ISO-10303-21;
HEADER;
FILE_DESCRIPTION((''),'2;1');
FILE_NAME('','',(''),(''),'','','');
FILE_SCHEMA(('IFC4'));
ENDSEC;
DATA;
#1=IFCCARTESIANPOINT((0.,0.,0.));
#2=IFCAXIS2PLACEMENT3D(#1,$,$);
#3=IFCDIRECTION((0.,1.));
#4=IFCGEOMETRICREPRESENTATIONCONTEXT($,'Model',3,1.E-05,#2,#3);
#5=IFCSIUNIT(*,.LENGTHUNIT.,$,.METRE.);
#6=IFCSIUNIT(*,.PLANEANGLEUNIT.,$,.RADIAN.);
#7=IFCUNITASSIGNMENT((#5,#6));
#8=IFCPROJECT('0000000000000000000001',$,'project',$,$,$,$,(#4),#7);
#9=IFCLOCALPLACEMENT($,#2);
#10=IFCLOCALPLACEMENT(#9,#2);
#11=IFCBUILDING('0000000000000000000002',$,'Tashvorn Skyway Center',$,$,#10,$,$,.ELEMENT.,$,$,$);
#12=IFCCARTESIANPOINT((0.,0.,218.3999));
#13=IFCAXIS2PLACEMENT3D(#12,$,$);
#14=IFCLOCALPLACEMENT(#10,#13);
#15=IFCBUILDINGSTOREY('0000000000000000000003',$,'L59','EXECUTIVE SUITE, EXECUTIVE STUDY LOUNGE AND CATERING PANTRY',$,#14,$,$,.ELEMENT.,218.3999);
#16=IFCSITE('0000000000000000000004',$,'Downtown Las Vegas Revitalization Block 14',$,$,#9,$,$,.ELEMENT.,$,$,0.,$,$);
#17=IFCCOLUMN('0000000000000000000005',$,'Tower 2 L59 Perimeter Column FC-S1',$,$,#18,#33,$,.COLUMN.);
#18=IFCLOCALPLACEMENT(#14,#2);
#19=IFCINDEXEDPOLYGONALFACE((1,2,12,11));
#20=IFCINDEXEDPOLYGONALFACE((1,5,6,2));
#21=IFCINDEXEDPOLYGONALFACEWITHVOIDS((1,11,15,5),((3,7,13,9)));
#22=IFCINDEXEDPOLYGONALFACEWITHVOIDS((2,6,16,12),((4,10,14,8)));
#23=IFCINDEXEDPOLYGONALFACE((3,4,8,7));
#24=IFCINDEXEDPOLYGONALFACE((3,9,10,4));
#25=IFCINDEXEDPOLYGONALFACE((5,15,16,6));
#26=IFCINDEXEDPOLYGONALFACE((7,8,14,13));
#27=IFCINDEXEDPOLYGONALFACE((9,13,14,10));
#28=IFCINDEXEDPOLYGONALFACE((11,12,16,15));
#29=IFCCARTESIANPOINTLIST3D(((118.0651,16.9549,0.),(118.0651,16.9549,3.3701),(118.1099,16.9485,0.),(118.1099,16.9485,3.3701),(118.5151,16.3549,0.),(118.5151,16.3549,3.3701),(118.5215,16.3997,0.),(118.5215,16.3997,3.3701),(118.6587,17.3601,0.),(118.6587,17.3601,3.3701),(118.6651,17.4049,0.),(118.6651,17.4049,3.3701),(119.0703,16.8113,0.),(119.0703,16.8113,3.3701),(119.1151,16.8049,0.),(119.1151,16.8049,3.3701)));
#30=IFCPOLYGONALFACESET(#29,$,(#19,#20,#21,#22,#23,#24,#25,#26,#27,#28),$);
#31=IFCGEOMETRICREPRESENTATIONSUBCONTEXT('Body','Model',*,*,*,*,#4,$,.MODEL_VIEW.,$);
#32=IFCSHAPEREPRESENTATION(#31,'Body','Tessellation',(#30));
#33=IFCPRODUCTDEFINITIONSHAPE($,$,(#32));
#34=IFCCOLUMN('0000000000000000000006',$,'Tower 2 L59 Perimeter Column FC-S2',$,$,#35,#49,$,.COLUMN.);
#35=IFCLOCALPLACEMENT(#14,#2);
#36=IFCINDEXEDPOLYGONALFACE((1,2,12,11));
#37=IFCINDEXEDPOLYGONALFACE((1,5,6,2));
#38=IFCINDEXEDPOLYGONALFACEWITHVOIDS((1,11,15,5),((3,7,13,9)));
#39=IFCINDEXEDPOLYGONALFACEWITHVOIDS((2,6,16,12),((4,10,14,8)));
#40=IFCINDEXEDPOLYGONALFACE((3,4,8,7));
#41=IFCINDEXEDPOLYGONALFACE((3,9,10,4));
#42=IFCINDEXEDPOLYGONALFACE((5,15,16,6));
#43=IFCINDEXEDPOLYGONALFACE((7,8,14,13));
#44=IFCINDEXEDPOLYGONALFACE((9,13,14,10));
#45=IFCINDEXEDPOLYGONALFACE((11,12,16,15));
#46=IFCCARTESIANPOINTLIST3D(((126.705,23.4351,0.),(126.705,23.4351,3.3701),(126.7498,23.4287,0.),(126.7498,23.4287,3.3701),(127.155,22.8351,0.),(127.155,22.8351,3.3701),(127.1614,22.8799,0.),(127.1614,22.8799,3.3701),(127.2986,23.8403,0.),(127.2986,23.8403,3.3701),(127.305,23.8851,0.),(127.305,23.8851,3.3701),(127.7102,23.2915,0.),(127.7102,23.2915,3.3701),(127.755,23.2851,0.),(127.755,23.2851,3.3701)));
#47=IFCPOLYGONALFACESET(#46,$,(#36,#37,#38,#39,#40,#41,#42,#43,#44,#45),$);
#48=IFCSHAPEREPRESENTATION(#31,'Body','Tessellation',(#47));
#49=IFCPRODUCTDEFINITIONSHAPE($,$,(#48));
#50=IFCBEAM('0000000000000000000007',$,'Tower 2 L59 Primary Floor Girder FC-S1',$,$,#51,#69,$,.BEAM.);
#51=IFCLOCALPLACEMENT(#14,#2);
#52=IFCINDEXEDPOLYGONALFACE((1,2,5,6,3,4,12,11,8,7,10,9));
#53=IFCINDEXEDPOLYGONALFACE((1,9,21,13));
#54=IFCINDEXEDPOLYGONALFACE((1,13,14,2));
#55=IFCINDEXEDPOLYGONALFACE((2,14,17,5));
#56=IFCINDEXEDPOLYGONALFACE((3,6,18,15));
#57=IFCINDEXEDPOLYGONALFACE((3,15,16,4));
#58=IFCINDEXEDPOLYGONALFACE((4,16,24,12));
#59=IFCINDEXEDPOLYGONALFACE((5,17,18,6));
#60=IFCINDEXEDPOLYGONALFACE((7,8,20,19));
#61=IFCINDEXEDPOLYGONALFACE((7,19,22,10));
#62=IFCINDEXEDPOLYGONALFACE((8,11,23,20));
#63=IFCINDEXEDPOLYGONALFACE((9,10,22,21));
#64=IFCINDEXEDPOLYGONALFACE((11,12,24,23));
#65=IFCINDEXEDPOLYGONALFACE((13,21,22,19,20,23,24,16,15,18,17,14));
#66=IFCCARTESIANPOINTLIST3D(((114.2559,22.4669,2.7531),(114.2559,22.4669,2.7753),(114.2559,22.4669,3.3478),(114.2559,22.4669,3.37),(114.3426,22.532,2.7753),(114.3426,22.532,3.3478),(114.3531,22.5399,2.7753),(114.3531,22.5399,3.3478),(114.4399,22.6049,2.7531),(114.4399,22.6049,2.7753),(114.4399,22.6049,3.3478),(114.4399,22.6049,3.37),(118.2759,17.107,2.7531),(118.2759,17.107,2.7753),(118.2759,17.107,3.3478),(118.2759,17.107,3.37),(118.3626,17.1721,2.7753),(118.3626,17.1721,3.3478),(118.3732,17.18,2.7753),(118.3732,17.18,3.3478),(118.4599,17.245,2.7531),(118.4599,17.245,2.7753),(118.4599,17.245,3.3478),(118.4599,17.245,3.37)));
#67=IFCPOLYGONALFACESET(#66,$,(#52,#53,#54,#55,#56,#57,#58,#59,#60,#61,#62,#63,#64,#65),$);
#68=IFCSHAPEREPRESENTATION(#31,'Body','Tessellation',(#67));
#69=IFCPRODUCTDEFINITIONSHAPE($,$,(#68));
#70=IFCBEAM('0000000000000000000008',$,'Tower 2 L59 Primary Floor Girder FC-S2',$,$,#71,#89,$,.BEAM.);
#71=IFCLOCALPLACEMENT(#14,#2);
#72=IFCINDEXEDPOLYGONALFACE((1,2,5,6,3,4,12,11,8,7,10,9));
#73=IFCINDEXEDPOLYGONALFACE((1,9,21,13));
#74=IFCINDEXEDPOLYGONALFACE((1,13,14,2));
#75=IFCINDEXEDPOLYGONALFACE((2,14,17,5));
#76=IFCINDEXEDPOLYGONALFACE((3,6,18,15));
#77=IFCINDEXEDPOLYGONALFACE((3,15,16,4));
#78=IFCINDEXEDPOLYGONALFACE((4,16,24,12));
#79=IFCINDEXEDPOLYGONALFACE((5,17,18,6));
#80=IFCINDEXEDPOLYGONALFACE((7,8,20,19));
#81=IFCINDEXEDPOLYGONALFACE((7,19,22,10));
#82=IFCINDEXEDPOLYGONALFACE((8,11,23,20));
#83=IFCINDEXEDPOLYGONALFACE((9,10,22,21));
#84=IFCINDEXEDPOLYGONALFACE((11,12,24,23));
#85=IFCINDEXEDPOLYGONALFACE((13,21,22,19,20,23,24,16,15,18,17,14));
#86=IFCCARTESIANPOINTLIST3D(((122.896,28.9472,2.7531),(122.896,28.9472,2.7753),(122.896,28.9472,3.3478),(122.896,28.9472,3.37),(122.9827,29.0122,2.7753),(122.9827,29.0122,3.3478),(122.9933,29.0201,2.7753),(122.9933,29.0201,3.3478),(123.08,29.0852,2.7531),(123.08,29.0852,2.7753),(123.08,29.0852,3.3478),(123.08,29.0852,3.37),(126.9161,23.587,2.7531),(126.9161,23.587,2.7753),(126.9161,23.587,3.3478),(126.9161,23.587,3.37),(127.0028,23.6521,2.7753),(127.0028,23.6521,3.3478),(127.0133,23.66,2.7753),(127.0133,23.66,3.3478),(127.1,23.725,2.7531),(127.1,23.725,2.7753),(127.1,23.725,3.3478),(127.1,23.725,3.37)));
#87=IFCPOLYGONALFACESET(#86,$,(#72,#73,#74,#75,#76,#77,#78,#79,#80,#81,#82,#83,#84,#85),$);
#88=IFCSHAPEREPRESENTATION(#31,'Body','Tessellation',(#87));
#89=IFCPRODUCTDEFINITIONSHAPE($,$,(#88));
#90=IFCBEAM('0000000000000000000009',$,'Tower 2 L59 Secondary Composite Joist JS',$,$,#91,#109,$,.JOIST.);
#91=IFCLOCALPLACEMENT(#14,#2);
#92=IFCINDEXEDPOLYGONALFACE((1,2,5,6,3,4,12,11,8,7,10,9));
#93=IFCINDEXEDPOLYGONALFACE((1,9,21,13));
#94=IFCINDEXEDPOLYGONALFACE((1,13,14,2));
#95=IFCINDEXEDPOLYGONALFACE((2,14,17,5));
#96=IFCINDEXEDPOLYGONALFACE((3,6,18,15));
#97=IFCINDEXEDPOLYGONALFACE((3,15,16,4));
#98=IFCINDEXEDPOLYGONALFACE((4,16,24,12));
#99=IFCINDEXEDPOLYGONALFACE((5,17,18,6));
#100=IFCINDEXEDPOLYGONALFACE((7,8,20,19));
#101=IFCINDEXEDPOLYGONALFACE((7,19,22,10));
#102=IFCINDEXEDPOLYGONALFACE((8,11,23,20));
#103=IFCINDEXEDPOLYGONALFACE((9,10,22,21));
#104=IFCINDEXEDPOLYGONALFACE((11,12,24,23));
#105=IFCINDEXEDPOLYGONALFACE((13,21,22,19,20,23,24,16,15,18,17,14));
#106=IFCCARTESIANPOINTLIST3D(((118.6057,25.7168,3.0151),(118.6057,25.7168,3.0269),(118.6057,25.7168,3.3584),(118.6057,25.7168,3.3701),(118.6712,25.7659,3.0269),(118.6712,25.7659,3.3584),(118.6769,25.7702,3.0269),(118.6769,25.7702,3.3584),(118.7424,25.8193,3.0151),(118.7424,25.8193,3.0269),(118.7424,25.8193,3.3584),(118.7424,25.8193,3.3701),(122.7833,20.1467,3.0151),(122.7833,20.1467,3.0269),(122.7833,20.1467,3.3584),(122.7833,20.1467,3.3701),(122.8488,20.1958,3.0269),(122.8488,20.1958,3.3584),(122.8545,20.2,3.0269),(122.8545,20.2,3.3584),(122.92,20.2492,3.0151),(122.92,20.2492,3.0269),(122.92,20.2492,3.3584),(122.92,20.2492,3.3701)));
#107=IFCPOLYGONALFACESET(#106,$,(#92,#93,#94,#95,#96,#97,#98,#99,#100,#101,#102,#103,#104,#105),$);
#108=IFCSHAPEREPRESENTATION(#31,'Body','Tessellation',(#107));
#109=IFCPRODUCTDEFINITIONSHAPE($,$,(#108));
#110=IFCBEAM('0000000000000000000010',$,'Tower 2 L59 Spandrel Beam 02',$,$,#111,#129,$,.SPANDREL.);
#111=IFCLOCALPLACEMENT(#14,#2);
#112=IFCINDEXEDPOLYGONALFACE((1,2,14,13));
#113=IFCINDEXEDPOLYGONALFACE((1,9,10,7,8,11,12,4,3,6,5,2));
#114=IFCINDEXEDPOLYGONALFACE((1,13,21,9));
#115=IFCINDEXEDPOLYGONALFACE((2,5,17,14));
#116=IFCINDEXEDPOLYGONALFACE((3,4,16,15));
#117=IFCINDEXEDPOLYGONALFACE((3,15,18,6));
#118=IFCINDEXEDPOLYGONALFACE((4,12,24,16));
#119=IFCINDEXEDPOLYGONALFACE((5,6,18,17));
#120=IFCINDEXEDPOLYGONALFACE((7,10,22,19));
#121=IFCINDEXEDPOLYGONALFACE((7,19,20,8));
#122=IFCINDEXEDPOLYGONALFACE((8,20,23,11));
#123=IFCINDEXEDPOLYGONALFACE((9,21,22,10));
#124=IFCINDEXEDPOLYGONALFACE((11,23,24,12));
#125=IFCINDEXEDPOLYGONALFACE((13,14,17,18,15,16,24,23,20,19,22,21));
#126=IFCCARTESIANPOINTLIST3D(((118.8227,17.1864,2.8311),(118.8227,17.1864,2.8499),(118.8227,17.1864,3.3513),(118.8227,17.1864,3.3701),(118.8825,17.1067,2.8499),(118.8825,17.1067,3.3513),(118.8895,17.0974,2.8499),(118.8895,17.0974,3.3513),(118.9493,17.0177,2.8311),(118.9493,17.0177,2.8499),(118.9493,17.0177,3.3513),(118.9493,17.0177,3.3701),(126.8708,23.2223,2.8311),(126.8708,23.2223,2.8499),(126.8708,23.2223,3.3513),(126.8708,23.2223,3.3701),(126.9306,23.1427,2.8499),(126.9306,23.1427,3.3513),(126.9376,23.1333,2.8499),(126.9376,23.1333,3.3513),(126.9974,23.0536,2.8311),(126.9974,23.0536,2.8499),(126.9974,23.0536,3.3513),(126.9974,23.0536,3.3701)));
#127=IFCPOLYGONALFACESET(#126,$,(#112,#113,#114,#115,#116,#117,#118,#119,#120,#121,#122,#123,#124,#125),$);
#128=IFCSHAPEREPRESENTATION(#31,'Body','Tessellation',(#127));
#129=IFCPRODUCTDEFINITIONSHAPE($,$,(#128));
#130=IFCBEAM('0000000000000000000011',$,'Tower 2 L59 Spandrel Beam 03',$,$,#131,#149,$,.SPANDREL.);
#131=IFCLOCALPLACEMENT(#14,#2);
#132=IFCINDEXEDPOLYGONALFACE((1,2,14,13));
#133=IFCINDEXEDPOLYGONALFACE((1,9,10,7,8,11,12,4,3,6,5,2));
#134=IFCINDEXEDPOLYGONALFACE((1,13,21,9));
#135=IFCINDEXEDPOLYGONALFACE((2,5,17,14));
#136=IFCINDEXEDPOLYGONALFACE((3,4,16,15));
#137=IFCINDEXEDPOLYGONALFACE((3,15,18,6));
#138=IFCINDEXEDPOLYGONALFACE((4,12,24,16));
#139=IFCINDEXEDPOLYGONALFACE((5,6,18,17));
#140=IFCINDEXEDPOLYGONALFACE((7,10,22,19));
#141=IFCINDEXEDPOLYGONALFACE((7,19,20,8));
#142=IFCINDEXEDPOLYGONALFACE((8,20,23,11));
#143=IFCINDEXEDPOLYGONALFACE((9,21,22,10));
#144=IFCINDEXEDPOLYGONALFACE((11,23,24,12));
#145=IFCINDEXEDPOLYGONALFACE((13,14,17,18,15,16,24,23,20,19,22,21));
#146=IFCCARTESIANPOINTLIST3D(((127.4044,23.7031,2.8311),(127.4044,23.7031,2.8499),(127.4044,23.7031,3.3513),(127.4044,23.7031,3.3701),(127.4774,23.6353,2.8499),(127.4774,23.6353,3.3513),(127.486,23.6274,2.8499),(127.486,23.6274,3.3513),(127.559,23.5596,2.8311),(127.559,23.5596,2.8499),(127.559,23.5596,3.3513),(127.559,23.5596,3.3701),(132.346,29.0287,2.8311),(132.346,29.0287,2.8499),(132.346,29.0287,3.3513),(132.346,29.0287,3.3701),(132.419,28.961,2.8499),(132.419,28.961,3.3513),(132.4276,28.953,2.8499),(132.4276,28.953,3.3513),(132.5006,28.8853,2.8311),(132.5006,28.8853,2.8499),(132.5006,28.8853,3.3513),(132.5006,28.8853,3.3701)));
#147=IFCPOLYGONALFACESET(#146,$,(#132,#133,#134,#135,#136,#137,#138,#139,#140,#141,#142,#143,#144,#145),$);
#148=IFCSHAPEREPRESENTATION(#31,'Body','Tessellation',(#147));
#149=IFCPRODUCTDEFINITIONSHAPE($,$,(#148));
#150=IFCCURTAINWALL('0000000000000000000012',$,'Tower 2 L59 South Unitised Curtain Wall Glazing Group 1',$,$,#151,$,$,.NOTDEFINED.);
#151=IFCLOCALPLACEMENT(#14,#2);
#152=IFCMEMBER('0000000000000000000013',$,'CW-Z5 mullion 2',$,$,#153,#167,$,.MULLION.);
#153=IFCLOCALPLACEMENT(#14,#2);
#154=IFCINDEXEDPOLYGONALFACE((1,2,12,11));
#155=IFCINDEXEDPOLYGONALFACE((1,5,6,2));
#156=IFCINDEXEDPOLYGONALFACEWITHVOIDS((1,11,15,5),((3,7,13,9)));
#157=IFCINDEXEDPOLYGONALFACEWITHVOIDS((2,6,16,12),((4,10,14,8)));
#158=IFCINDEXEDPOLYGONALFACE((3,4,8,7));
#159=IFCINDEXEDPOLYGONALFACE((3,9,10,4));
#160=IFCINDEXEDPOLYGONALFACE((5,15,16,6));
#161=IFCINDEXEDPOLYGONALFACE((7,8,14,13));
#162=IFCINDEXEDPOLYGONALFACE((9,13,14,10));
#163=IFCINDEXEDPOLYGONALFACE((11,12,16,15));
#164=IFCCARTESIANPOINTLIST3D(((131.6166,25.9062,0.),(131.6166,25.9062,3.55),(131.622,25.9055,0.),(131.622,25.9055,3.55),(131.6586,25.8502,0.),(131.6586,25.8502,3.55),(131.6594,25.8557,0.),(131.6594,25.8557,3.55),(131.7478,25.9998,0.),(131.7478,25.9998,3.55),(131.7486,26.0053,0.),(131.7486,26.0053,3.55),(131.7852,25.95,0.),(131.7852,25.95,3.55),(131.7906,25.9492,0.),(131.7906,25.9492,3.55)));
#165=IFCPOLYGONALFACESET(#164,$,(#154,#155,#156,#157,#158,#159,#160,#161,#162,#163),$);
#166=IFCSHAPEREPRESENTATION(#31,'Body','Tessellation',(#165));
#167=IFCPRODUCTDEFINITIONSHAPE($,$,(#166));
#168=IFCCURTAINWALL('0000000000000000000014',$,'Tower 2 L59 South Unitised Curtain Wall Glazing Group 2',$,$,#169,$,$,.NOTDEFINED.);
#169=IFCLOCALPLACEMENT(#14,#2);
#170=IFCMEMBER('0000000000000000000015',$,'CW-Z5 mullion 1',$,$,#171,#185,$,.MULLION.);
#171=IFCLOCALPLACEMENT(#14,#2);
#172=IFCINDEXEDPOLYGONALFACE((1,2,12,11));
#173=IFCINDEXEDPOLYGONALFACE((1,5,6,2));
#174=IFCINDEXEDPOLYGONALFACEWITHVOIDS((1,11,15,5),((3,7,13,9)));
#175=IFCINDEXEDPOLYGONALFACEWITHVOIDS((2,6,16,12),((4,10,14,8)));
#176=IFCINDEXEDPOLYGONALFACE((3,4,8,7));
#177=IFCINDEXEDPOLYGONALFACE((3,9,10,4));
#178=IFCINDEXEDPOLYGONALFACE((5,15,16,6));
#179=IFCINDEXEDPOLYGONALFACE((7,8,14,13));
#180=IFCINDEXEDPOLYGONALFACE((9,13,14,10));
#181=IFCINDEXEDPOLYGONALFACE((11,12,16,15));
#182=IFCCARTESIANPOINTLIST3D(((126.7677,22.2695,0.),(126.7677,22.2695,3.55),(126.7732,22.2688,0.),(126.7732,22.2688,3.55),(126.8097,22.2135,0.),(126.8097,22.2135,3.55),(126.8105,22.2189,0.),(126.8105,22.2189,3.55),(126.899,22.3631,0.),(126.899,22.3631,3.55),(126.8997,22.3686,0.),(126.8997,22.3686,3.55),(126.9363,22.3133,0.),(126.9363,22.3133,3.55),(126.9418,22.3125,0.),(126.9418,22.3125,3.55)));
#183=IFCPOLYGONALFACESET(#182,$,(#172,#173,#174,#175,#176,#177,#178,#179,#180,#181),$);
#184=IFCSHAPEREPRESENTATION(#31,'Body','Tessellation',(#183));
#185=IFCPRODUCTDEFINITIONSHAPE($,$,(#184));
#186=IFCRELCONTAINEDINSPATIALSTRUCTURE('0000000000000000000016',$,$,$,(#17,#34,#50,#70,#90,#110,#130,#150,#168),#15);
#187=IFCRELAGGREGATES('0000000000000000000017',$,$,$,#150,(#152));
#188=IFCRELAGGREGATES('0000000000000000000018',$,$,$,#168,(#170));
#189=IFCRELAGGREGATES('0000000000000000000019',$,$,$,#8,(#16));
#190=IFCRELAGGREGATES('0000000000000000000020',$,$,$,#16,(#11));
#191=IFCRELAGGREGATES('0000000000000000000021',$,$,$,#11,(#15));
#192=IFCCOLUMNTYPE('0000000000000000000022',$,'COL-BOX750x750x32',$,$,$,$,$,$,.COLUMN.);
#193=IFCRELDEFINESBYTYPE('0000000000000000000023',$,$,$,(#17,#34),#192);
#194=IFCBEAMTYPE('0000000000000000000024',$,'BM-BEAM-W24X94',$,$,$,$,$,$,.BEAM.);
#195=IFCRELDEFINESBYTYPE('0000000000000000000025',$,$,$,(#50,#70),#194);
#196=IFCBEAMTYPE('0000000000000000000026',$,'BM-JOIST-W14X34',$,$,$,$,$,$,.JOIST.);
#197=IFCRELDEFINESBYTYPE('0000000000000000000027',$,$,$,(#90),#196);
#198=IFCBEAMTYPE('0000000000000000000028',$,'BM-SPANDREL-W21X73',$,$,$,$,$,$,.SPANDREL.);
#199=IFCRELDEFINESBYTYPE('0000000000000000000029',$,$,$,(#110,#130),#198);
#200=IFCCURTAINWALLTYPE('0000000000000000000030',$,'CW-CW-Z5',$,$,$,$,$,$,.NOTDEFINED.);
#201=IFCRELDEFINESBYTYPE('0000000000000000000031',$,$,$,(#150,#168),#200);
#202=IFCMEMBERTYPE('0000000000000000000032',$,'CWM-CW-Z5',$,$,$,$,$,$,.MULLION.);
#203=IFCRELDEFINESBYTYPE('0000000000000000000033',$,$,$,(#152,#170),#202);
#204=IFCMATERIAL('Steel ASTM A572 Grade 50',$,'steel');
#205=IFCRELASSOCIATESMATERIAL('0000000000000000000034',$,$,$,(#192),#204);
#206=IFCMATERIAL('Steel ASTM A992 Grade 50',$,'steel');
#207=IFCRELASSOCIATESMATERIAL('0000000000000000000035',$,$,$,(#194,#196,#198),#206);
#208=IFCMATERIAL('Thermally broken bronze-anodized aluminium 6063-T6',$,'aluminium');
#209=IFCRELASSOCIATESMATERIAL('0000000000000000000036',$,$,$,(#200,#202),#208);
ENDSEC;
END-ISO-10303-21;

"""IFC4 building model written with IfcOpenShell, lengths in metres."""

from ifc_helpers import new_model, si_unit, direction, frame, origin, origin_2d, place, context, subcontext, project, spatial, hollow_rectangle, i_section, extrude, material, material_profile, profile_set, type_object, element, aggregate, save


model = new_model("IFC4")

# Units and contexts
model_context = context("Model", 3, precision=1e-05, world=origin(), true_north=direction((0.0, 1.0)))
body_context = subcontext(model_context, "Body", "Model", "MODEL_VIEW")
ifc_project = project(units=[si_unit("LENGTHUNIT", "METRE"), si_unit("PLANEANGLEUNIT", "RADIAN")], contexts=[model_context])

# Site, building, storey
site_placement = place(None, origin())
site = spatial("IfcSite", under=ifc_project, at=site_placement, Name="Downtown Las Vegas Revitalization Block 14", CompositionType="ELEMENT", RefElevation=0.0)
building_placement = place(site_placement, origin())
building = spatial("IfcBuilding", under=site, at=building_placement, Name="Tashvorn Skyway Center", CompositionType="ELEMENT")
storey_placement = place(building_placement, frame((0.0, 0.0, 218.3999)))
storey = spatial("IfcBuildingStorey", under=building, at=storey_placement, Name="L59", Description="EXECUTIVE SUITE, EXECUTIVE STUDY LOUNGE AND CATERING PANTRY", CompositionType="ELEMENT", Elevation=218.3999)

# Columns
ifc_material_1 = material(Name="Steel ASTM A572 Grade 50", Category="steel")
ifc_material_profile_1 = material_profile(ifc_material_1, hollow_rectangle(XDim=0.75, YDim=0.75, WallThickness=0.032, at=origin_2d()), Name="BOX750x750x32")
ifc_profile_set_1 = profile_set([ifc_material_profile_1], Name="Steel ASTM A572 Grade 50")
column_type = type_object("IfcColumnType", Name="COL-BOX750x750x32", PredefinedType="COLUMN", material=ifc_profile_set_1)
for number, where, z_axis, x_axis, name in (
    (1, (118.5901, 16.8799, 0.0), (0.0, 0.0, 1.0), (0.8, 0.6, 0.0), "Tower 2 L59 Perimeter Column FC-S1"),
    (2, (127.23, 23.3601, 0.0), (0.0, 0.0, 1.0), (0.8, 0.6, 0.0), "Tower 2 L59 Perimeter Column FC-S2"),
):
    element("IfcColumn", number, at=place(storey_placement, frame(where, z_axis=z_axis, x_axis=x_axis)), inside=storey, type_object=column_type, Name=name, PredefinedType="COLUMN", context=body_context, shape_type="SweptSolid", body=[
        extrude(hollow_rectangle(XDim=0.75, YDim=0.75, WallThickness=0.032, at=origin_2d()), origin(), (0.0, 0.0, 1.0), 3.3701),
    ])

# Beams
ifc_material_2 = material(Name="Steel ASTM A992 Grade 50", Category="steel")
ifc_material_profile_2 = material_profile(ifc_material_2, i_section(OverallWidth=0.23, OverallDepth=0.6169, WebThickness=0.0132, FlangeThickness=0.0222, at=origin_2d()), Name="W24X94")
ifc_profile_set_2 = profile_set([ifc_material_profile_2], Name="Steel ASTM A992 Grade 50")
beam_type_1 = type_object("IfcBeamType", Name="BM-BEAM-W24X94", PredefinedType="BEAM", material=ifc_profile_set_2)
beam_1_placement = place(storey_placement, frame((118.3679, 17.176, 3.0615), z_axis=(-0.600012, 0.799991, 0.0), x_axis=(-0.799991, -0.600012, 0.0)))
element("IfcBeam", 3, at=beam_1_placement, inside=storey, type_object=beam_type_1, Name="Tower 2 L59 Primary Floor Girder FC-S1", PredefinedType="BEAM", context=body_context, shape_type="SweptSolid", body=[
    extrude(i_section(OverallWidth=0.23, OverallDepth=0.6169, WebThickness=0.0132, FlangeThickness=0.0222, at=origin_2d()), origin(), (0.0, 0.0, 1.0), 6.7),
])
beam_2_placement = place(storey_placement, frame((127.0081, 23.656, 3.0615), z_axis=(-0.599994, 0.800004, 0.0), x_axis=(-0.800004, -0.599994, 0.0)))
element("IfcBeam", 4, at=beam_2_placement, inside=storey, type_object=beam_type_1, Name="Tower 2 L59 Primary Floor Girder FC-S2", PredefinedType="BEAM", context=body_context, shape_type="SweptSolid", body=[
    extrude(i_section(OverallWidth=0.23, OverallDepth=0.6169, WebThickness=0.0132, FlangeThickness=0.0222, at=origin_2d()), origin(), (0.0, 0.0, 1.0), 6.7002),
])
ifc_material_profile_3 = material_profile(ifc_material_2, i_section(OverallWidth=0.1709, OverallDepth=0.355, WebThickness=0.0071, FlangeThickness=0.0117, at=origin_2d()), Name="W14X34")
ifc_profile_set_3 = profile_set([ifc_material_profile_3], Name="Steel ASTM A992 Grade 50")
beam_type_2 = type_object("IfcBeamType", Name="BM-JOIST-W14X34", PredefinedType="JOIST", material=ifc_profile_set_3)
beam_3_placement = place(storey_placement, frame((118.6741, 25.7681, 3.1926), z_axis=(0.599994, -0.800004, 0.0), x_axis=(0.800004, 0.599994, 0.0)))
element("IfcBeam", 5, at=beam_3_placement, inside=storey, type_object=beam_type_2, Name="Tower 2 L59 Secondary Composite Joist JS", PredefinedType="JOIST", context=body_context, shape_type="SweptSolid", body=[
    extrude(i_section(OverallWidth=0.1709, OverallDepth=0.355, WebThickness=0.0071, FlangeThickness=0.0117, at=origin_2d()), origin(), (0.0, 0.0, 1.0), 6.9626),
])
ifc_material_profile_4 = material_profile(ifc_material_2, i_section(OverallWidth=0.2109, OverallDepth=0.5391, WebThickness=0.0117, FlangeThickness=0.0188, at=origin_2d()), Name="W21X73")
ifc_profile_set_4 = profile_set([ifc_material_profile_4], Name="Steel ASTM A992 Grade 50")
beam_type_3 = type_object("IfcBeamType", Name="BM-SPANDREL-W21X73", PredefinedType="SPANDREL", material=ifc_profile_set_4)
beam_4_placement = place(storey_placement, frame((118.886, 17.1021, 3.1006), z_axis=(0.800009, 0.599988, 0.0), x_axis=(-0.599988, 0.800009, 0.0)))
element("IfcBeam", 6, at=beam_4_placement, inside=storey, type_object=beam_type_3, Name="Tower 2 L59 Spandrel Beam 02", PredefinedType="SPANDREL", context=body_context, shape_type="SweptSolid", body=[
    extrude(i_section(OverallWidth=0.2109, OverallDepth=0.5391, WebThickness=0.0117, FlangeThickness=0.0188, at=origin_2d()), origin(), (0.0, 0.0, 1.0), 10.0601),
])
beam_5_placement = place(storey_placement, frame((127.4817, 23.6313, 3.1006), z_axis=(0.680183, 0.733042, 0.0), x_axis=(-0.733042, 0.680183, 0.0)))
element("IfcBeam", 7, at=beam_5_placement, inside=storey, type_object=beam_type_3, Name="Tower 2 L59 Spandrel Beam 03", PredefinedType="SPANDREL", context=body_context, shape_type="SweptSolid", body=[
    extrude(i_section(OverallWidth=0.2109, OverallDepth=0.5391, WebThickness=0.0117, FlangeThickness=0.0188, at=origin_2d()), origin(), (0.0, 0.0, 1.0), 7.2651),
])

# Curtain wall, member
ifc_material_3 = material(Name="Thermally broken bronze-anodized aluminium 6063-T6", Category="aluminium")
curtain_wall_type = type_object("IfcCurtainWallType", Name="CW-CW-Z5", PredefinedType="NOTDEFINED", material=ifc_material_3)
curtain_wall_1_placement = place(storey_placement, origin())
curtain_wall_1 = element("IfcCurtainWall", 8, at=curtain_wall_1_placement, inside=storey, type_object=curtain_wall_type, Name="Tower 2 L59 South Unitised Curtain Wall Glazing Group 1", PredefinedType="NOTDEFINED")
ifc_material_profile_5 = material_profile(ifc_material_3, hollow_rectangle(XDim=0.0701, YDim=0.165, WallThickness=0.0039, at=origin_2d()), Name="ALU-MULL-70x165")
ifc_profile_set_5 = profile_set([ifc_material_profile_5], Name="Thermally broken bronze-anodized aluminium 6063-T6")
member_type_1 = type_object("IfcMemberType", Name="CWM-CW-Z5", PredefinedType="MULLION", material=ifc_profile_set_5)
member_1_placement = place(storey_placement, frame((131.7036, 25.9277, 0.0), z_axis=(0.0, 0.0, 1.0), x_axis=(0.6, -0.8, 0.0)))
member_1 = element("IfcMember", 9, at=member_1_placement, type_object=member_type_1, Name="CW-Z5 mullion 2", PredefinedType="MULLION", context=body_context, shape_type="SweptSolid", body=[
    extrude(hollow_rectangle(XDim=0.0701, YDim=0.165, WallThickness=0.0039, at=origin_2d()), origin(), (0.0, 0.0, 1.0), 3.55),
])
aggregate(curtain_wall_1, [member_1])

# Curtain wall, member
curtain_wall_2_placement = place(storey_placement, origin())
curtain_wall_2 = element("IfcCurtainWall", 10, at=curtain_wall_2_placement, inside=storey, type_object=curtain_wall_type, Name="Tower 2 L59 South Unitised Curtain Wall Glazing Group 2", PredefinedType="NOTDEFINED")
member_2_placement = place(storey_placement, frame((126.8547, 22.291, 0.0), z_axis=(0.0, 0.0, 1.0), x_axis=(0.599996, -0.800003, 0.0)))
member_2 = element("IfcMember", 11, at=member_2_placement, type_object=member_type_1, Name="CW-Z5 mullion 1", PredefinedType="MULLION", context=body_context, shape_type="SweptSolid", body=[
    extrude(hollow_rectangle(XDim=0.0701, YDim=0.165, WallThickness=0.0039, at=origin_2d()), origin(), (0.0, 0.0, 1.0), 3.55),
])

aggregate(curtain_wall_2, [member_2])

save(model, "model.ifc")
